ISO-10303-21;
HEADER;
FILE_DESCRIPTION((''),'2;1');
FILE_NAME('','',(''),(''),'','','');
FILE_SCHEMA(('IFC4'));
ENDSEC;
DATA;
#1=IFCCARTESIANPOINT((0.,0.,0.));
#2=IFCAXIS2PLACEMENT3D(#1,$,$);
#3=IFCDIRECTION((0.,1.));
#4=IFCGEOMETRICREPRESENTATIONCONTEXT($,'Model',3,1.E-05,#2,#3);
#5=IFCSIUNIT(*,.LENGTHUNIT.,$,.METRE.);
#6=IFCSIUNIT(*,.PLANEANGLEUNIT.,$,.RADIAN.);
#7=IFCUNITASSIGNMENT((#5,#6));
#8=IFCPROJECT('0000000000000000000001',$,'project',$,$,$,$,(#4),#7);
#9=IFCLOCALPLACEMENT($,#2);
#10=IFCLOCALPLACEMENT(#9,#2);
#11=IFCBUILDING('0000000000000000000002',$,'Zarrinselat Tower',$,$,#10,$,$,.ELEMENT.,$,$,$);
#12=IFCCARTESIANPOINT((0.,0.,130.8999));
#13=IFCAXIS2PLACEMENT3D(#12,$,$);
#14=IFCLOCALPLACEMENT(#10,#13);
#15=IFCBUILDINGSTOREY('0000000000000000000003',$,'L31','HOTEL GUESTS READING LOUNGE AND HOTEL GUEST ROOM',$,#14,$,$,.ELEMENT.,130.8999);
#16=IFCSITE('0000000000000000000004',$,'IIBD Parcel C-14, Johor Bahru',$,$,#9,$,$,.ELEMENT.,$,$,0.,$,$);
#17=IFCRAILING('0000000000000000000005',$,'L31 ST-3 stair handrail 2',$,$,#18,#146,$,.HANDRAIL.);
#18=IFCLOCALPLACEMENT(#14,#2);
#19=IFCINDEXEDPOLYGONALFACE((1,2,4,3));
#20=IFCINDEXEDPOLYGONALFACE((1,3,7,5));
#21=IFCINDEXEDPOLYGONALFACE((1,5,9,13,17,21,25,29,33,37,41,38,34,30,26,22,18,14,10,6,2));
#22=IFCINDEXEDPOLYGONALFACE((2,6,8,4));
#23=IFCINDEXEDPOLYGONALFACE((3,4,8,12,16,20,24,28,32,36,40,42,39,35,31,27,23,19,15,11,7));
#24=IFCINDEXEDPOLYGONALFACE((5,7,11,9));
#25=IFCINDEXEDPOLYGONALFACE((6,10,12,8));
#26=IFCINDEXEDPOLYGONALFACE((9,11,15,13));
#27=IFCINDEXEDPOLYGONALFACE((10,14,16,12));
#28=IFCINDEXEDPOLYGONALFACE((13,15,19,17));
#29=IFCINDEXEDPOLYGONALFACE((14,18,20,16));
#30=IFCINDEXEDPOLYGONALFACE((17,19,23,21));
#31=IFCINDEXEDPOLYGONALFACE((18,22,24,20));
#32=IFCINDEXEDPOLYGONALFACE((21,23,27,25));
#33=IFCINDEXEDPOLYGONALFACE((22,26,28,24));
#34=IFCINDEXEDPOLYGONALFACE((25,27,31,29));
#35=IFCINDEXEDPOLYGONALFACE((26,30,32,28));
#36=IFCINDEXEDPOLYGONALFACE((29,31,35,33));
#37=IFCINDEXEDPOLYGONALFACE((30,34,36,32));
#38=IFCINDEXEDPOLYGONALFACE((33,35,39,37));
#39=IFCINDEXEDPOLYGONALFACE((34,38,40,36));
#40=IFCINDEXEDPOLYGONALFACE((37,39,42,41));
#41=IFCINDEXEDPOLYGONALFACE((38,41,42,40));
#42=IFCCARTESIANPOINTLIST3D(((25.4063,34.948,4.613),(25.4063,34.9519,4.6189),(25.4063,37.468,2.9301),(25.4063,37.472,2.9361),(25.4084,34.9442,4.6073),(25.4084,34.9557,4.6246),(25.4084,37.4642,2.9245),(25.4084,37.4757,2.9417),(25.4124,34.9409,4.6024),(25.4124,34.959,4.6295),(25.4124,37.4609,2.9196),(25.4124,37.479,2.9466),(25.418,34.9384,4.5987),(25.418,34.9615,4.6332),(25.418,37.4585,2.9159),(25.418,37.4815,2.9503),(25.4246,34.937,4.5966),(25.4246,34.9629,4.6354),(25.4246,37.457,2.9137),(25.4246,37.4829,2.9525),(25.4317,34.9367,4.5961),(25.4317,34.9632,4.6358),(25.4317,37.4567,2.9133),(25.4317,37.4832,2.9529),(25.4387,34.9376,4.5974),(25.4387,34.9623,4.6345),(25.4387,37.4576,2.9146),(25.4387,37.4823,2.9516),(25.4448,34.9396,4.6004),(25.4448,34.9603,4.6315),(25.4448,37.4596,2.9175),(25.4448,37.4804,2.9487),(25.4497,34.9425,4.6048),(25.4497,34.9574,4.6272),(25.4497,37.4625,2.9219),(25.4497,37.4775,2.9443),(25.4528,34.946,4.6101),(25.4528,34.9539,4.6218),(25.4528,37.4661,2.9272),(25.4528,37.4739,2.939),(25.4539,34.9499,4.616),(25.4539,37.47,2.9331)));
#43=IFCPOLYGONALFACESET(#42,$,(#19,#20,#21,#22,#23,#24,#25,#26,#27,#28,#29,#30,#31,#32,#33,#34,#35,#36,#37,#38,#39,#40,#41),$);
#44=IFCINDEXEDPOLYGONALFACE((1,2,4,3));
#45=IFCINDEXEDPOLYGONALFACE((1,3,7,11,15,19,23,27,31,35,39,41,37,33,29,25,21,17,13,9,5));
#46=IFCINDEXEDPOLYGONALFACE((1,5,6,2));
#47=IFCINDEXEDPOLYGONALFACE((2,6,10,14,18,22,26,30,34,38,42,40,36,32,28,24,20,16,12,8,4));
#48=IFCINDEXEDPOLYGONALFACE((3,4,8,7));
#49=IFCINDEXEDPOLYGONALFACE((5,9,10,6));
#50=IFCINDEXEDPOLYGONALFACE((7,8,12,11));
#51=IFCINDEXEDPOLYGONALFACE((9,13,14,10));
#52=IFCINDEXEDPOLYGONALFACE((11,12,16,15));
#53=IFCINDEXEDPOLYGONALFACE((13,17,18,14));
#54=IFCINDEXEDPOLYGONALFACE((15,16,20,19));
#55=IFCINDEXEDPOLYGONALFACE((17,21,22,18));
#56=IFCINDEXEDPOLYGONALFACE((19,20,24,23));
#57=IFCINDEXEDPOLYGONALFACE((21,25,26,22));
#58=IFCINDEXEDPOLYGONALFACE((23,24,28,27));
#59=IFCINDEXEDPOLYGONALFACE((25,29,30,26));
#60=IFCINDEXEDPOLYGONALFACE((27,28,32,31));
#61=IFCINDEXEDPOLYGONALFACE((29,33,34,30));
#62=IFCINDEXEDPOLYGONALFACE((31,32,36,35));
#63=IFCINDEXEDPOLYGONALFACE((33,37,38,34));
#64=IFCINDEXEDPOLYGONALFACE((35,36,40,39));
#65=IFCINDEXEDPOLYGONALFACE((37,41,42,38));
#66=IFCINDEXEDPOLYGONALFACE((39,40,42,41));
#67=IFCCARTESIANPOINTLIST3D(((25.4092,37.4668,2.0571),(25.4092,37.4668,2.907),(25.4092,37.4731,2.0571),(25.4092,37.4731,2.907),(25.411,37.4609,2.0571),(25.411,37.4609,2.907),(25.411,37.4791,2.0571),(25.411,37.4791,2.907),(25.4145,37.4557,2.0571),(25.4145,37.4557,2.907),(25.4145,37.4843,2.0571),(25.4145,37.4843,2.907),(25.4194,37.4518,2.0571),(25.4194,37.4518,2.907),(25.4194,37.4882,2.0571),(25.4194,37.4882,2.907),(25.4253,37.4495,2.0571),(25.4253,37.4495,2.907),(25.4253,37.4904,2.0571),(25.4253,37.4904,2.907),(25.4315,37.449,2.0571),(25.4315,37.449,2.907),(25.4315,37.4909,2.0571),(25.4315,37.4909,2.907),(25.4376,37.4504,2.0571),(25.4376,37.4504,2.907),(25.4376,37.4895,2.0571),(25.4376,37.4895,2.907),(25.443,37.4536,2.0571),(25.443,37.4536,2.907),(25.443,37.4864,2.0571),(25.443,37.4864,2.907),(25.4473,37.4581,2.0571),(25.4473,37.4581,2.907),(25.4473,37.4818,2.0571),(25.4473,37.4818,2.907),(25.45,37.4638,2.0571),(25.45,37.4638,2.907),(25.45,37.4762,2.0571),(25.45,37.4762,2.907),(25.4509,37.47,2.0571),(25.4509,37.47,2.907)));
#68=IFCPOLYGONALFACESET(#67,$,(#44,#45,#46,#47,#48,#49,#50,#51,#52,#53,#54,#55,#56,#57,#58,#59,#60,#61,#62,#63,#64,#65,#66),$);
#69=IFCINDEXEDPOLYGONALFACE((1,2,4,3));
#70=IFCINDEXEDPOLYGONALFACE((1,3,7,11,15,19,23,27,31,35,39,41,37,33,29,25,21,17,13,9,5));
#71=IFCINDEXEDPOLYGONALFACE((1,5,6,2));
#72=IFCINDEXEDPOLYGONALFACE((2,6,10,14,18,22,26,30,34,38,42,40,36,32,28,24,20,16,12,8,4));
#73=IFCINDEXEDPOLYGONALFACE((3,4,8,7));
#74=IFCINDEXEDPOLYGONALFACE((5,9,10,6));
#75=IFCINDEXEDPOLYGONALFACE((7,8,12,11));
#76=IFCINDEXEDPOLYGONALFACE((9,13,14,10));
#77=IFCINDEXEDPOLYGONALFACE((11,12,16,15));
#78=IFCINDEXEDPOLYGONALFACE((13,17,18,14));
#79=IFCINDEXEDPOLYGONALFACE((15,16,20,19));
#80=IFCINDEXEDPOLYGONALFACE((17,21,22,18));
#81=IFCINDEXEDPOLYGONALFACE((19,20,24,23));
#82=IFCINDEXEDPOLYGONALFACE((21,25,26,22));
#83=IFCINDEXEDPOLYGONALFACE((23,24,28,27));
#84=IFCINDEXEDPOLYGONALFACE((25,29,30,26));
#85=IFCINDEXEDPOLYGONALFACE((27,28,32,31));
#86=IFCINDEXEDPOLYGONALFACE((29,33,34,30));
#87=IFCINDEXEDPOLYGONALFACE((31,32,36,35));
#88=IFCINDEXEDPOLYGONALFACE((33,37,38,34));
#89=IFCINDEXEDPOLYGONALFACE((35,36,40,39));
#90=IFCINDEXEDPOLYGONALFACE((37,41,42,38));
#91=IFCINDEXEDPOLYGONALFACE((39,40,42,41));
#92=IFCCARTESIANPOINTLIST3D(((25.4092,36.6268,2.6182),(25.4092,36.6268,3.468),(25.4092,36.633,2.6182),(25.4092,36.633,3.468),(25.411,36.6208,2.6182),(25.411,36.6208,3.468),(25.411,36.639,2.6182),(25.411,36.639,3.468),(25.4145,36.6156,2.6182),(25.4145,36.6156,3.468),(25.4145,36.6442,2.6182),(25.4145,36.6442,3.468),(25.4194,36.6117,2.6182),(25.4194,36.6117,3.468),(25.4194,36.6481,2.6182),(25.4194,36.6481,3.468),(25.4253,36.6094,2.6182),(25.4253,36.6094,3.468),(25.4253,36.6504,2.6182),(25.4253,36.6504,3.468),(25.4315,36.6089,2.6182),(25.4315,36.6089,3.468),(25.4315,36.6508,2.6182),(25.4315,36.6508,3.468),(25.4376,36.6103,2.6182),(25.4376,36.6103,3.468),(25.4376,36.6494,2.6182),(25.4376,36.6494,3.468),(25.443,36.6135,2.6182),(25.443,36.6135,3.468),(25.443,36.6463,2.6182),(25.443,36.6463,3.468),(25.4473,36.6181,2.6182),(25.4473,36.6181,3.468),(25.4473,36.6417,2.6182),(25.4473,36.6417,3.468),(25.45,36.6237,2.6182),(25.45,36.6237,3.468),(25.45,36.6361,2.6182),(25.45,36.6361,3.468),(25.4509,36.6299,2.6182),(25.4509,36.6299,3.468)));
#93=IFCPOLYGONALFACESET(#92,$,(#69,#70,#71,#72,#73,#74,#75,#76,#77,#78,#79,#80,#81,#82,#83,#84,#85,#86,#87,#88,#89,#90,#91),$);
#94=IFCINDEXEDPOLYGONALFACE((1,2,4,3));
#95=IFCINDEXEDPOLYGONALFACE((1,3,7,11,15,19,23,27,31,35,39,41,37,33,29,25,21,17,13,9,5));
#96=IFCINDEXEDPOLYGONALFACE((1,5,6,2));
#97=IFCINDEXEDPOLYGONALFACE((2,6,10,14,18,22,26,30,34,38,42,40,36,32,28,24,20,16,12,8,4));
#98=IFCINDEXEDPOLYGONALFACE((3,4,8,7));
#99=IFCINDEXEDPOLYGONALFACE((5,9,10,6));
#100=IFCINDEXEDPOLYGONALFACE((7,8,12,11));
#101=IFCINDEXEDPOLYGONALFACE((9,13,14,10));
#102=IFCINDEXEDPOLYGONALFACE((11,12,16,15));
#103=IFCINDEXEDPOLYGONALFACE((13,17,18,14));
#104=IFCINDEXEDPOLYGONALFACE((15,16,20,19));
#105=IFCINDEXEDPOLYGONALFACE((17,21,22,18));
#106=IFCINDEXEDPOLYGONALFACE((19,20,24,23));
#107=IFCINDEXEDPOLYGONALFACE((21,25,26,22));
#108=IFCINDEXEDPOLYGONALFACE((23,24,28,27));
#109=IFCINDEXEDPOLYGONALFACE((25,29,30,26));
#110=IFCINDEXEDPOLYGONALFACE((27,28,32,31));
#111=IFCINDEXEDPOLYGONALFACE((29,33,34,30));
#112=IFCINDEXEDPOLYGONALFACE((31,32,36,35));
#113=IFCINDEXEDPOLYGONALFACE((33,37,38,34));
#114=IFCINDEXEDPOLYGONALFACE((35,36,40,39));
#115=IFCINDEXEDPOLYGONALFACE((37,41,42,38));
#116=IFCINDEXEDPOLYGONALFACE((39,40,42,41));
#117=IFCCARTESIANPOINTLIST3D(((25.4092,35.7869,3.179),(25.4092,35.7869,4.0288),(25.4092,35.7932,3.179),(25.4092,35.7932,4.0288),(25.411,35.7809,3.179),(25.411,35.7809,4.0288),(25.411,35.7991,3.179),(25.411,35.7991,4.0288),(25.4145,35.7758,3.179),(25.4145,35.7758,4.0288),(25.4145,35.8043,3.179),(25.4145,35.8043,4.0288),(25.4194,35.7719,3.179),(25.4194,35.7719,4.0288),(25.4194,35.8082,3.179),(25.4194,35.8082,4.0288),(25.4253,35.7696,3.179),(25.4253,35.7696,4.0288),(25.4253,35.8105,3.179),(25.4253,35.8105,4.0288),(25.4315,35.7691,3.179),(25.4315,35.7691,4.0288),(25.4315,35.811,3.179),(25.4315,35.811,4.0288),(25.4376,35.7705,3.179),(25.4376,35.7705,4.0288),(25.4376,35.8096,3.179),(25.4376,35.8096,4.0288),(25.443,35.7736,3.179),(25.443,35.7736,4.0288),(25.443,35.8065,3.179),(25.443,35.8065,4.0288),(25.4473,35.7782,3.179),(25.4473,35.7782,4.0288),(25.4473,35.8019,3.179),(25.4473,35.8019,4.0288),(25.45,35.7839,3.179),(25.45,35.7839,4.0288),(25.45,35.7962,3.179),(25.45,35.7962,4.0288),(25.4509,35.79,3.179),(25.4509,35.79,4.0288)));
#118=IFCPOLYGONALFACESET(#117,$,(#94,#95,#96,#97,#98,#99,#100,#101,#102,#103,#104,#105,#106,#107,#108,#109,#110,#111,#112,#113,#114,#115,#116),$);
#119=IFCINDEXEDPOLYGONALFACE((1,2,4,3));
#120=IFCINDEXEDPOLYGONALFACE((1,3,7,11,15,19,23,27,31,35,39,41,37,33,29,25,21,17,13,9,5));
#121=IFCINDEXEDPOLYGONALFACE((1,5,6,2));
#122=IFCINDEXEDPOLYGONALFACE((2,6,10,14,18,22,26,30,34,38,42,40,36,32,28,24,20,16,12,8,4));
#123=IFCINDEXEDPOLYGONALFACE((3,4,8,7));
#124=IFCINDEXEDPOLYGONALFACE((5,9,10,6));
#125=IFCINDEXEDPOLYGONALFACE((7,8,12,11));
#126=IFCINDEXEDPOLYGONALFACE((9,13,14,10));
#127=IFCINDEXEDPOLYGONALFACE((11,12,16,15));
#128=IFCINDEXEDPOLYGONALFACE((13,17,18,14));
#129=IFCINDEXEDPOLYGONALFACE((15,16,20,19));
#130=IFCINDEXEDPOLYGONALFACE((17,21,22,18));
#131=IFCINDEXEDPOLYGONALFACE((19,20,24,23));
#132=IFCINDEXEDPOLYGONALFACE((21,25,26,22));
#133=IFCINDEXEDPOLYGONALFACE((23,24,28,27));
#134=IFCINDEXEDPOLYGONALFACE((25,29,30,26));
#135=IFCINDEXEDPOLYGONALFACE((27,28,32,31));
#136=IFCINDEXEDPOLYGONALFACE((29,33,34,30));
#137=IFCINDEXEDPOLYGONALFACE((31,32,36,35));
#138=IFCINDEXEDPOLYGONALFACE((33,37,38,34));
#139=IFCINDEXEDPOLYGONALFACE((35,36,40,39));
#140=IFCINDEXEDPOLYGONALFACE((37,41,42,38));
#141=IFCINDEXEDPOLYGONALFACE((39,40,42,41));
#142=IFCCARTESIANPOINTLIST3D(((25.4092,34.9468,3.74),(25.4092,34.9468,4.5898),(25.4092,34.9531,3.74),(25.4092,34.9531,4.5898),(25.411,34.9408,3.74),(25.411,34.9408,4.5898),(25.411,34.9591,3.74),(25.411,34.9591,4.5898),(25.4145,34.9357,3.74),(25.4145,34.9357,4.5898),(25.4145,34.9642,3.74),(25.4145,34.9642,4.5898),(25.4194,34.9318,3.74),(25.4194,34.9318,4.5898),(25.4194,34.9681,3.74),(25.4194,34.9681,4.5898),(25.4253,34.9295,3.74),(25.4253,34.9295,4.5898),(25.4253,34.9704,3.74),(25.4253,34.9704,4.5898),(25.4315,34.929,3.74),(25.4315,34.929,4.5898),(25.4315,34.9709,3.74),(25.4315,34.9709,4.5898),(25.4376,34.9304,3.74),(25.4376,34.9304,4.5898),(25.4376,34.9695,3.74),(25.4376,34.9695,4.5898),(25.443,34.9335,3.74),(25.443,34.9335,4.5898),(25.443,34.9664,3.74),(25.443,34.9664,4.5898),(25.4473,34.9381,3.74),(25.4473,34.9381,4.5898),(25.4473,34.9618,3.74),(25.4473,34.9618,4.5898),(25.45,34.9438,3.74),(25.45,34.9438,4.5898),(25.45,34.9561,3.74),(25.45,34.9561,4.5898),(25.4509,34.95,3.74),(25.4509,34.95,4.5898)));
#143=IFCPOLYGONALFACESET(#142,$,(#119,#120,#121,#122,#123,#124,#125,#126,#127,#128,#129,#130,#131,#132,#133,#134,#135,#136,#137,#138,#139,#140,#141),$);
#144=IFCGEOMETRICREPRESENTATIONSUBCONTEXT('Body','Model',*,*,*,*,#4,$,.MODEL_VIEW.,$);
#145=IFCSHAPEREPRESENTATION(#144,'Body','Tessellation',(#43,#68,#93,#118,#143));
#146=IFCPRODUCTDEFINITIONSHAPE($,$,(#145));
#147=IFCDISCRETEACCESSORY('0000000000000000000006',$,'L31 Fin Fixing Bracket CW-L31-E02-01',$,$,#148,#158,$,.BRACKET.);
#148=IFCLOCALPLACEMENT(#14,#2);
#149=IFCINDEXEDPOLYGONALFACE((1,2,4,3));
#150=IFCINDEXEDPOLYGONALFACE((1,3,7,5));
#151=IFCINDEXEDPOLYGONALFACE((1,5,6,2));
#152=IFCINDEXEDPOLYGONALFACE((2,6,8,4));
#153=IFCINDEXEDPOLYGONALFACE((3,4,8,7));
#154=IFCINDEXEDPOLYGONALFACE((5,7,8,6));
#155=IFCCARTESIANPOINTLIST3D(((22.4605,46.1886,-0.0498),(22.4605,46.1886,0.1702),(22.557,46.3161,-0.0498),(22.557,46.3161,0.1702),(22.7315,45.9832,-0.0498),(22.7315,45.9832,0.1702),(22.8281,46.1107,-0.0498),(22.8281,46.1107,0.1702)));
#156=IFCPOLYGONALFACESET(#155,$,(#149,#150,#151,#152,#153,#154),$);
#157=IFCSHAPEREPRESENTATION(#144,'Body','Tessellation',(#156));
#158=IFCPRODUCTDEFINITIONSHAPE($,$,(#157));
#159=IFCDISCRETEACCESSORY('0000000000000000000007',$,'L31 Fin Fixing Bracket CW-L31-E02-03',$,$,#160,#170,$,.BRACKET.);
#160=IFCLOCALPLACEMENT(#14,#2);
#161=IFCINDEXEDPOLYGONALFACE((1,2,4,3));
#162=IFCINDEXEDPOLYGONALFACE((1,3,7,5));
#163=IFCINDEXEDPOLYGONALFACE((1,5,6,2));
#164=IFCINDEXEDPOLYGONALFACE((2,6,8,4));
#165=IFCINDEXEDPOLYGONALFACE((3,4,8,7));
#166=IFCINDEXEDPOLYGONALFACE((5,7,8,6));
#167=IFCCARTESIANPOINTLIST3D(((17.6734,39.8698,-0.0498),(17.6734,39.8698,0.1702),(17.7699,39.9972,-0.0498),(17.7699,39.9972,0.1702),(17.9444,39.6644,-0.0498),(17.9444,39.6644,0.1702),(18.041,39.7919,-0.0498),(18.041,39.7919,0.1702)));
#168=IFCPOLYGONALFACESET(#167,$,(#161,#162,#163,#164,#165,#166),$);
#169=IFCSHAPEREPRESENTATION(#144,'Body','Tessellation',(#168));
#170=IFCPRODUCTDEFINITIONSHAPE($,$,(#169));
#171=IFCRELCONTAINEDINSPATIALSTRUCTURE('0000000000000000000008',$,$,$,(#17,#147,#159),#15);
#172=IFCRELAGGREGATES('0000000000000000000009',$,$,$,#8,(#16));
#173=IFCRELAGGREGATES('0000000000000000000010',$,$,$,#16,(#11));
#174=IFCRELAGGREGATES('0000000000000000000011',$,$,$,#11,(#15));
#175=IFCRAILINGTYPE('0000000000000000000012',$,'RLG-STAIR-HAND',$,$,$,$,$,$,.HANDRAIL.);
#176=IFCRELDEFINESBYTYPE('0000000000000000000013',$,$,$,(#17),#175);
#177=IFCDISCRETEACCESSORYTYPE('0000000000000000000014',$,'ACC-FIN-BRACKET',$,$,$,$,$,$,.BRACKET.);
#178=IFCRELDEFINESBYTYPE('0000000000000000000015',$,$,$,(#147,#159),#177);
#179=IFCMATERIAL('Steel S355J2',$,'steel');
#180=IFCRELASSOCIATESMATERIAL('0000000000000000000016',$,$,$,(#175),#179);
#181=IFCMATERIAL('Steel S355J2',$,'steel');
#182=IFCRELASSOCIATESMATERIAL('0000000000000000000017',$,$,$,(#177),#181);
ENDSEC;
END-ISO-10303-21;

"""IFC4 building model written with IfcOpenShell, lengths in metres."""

from ifc_helpers import new_model, si_unit, direction, frame, origin, origin_2d, place, context, subcontext, project, spatial, rectangle, circle, extrude, material, type_object, element, save


model = new_model("IFC4")

# Units and contexts
model_context = context("Model", 3, precision=1e-05, world=origin(), true_north=direction((0.0, 1.0)))
body_context = subcontext(model_context, "Body", "Model", "MODEL_VIEW")
ifc_project = project(units=[si_unit("LENGTHUNIT", "METRE"), si_unit("PLANEANGLEUNIT", "RADIAN")], contexts=[model_context])

# Site, building, storey
site_placement = place(None, origin())
site = spatial("IfcSite", under=ifc_project, at=site_placement, Name="IIBD Parcel C-14, Johor Bahru", CompositionType="ELEMENT", RefElevation=0.0)
building_placement = place(site_placement, origin())
building = spatial("IfcBuilding", under=site, at=building_placement, Name="Zarrinselat Tower", CompositionType="ELEMENT")
storey_placement = place(building_placement, frame((0.0, 0.0, 130.8999)))
storey = spatial("IfcBuildingStorey", under=building, at=storey_placement, Name="L31", Description="HOTEL GUESTS READING LOUNGE AND HOTEL GUEST ROOM", CompositionType="ELEMENT", Elevation=130.8999)

# Railing
ifc_material_1 = material(Name="Steel S355J2", Category="steel")
railing_type_1 = type_object("IfcRailingType", Name="RLG-STAIR-HAND", PredefinedType="HANDRAIL", material=ifc_material_1)
railing_1_placement = place(storey_placement, frame((25.4299, 37.47, 2.0571)))
element("IfcRailing", 1, at=railing_1_placement, inside=storey, type_object=railing_type_1, Name="L31 ST-3 stair handrail 2", PredefinedType="HANDRAIL", context=body_context, shape_type="SweptSolid", body=[
    extrude(circle(Radius=0.0239, at=origin_2d()), frame((0.0, 0.0, 0.876), z_axis=(0.0, -0.831616, 0.555351), x_axis=(1.0, 0.0, 0.0)), (0.0, 0.0, 1.0), 3.0303),
    extrude(circle(Radius=0.021, at=origin_2d()), origin(), (0.0, 0.0, 1.0), 0.8499),
    extrude(circle(Radius=0.021, at=origin_2d()), frame((0.0, -0.8401, 0.561)), (0.0, 0.0, 1.0), 0.8499),
    extrude(circle(Radius=0.021, at=origin_2d()), frame((0.0, -1.6799, 1.1218)), (0.0, 0.0, 1.0), 0.8499),
    extrude(circle(Radius=0.021, at=origin_2d()), frame((0.0, -2.52, 1.6829)), (0.0, 0.0, 1.0), 0.8499),
])

# Discrete accessories
ifc_material_2 = material(Name="Steel S355J2", Category="steel")
discrete_accessory_type = type_object("IfcDiscreteAccessoryType", Name="ACC-FIN-BRACKET", PredefinedType="BRACKET", material=ifc_material_2)
for number, where, z_axis, x_axis, name in (
    (2, (22.6443, 46.1497, -0.0498), (0.0, 0.0, 1.0), (-0.797092, 0.603858, 0.0), "L31 Fin Fixing Bracket CW-L31-E02-01"),
    (3, (17.8572, 39.8308, -0.0498), (0.0, 0.0, 1.0), (-0.797092, 0.603858, 0.0), "L31 Fin Fixing Bracket CW-L31-E02-03"),
):
    element("IfcDiscreteAccessory", number, at=place(storey_placement, frame(where, z_axis=z_axis, x_axis=x_axis)), inside=storey, type_object=discrete_accessory_type, Name=name, PredefinedType="BRACKET", context=body_context, shape_type="SweptSolid", body=[
        extrude(rectangle(XDim=0.3401, YDim=0.1599, at=origin_2d()), origin(), (0.0, 0.0, 1.0), 0.22),
    ])

save(model, "model.ifc")
